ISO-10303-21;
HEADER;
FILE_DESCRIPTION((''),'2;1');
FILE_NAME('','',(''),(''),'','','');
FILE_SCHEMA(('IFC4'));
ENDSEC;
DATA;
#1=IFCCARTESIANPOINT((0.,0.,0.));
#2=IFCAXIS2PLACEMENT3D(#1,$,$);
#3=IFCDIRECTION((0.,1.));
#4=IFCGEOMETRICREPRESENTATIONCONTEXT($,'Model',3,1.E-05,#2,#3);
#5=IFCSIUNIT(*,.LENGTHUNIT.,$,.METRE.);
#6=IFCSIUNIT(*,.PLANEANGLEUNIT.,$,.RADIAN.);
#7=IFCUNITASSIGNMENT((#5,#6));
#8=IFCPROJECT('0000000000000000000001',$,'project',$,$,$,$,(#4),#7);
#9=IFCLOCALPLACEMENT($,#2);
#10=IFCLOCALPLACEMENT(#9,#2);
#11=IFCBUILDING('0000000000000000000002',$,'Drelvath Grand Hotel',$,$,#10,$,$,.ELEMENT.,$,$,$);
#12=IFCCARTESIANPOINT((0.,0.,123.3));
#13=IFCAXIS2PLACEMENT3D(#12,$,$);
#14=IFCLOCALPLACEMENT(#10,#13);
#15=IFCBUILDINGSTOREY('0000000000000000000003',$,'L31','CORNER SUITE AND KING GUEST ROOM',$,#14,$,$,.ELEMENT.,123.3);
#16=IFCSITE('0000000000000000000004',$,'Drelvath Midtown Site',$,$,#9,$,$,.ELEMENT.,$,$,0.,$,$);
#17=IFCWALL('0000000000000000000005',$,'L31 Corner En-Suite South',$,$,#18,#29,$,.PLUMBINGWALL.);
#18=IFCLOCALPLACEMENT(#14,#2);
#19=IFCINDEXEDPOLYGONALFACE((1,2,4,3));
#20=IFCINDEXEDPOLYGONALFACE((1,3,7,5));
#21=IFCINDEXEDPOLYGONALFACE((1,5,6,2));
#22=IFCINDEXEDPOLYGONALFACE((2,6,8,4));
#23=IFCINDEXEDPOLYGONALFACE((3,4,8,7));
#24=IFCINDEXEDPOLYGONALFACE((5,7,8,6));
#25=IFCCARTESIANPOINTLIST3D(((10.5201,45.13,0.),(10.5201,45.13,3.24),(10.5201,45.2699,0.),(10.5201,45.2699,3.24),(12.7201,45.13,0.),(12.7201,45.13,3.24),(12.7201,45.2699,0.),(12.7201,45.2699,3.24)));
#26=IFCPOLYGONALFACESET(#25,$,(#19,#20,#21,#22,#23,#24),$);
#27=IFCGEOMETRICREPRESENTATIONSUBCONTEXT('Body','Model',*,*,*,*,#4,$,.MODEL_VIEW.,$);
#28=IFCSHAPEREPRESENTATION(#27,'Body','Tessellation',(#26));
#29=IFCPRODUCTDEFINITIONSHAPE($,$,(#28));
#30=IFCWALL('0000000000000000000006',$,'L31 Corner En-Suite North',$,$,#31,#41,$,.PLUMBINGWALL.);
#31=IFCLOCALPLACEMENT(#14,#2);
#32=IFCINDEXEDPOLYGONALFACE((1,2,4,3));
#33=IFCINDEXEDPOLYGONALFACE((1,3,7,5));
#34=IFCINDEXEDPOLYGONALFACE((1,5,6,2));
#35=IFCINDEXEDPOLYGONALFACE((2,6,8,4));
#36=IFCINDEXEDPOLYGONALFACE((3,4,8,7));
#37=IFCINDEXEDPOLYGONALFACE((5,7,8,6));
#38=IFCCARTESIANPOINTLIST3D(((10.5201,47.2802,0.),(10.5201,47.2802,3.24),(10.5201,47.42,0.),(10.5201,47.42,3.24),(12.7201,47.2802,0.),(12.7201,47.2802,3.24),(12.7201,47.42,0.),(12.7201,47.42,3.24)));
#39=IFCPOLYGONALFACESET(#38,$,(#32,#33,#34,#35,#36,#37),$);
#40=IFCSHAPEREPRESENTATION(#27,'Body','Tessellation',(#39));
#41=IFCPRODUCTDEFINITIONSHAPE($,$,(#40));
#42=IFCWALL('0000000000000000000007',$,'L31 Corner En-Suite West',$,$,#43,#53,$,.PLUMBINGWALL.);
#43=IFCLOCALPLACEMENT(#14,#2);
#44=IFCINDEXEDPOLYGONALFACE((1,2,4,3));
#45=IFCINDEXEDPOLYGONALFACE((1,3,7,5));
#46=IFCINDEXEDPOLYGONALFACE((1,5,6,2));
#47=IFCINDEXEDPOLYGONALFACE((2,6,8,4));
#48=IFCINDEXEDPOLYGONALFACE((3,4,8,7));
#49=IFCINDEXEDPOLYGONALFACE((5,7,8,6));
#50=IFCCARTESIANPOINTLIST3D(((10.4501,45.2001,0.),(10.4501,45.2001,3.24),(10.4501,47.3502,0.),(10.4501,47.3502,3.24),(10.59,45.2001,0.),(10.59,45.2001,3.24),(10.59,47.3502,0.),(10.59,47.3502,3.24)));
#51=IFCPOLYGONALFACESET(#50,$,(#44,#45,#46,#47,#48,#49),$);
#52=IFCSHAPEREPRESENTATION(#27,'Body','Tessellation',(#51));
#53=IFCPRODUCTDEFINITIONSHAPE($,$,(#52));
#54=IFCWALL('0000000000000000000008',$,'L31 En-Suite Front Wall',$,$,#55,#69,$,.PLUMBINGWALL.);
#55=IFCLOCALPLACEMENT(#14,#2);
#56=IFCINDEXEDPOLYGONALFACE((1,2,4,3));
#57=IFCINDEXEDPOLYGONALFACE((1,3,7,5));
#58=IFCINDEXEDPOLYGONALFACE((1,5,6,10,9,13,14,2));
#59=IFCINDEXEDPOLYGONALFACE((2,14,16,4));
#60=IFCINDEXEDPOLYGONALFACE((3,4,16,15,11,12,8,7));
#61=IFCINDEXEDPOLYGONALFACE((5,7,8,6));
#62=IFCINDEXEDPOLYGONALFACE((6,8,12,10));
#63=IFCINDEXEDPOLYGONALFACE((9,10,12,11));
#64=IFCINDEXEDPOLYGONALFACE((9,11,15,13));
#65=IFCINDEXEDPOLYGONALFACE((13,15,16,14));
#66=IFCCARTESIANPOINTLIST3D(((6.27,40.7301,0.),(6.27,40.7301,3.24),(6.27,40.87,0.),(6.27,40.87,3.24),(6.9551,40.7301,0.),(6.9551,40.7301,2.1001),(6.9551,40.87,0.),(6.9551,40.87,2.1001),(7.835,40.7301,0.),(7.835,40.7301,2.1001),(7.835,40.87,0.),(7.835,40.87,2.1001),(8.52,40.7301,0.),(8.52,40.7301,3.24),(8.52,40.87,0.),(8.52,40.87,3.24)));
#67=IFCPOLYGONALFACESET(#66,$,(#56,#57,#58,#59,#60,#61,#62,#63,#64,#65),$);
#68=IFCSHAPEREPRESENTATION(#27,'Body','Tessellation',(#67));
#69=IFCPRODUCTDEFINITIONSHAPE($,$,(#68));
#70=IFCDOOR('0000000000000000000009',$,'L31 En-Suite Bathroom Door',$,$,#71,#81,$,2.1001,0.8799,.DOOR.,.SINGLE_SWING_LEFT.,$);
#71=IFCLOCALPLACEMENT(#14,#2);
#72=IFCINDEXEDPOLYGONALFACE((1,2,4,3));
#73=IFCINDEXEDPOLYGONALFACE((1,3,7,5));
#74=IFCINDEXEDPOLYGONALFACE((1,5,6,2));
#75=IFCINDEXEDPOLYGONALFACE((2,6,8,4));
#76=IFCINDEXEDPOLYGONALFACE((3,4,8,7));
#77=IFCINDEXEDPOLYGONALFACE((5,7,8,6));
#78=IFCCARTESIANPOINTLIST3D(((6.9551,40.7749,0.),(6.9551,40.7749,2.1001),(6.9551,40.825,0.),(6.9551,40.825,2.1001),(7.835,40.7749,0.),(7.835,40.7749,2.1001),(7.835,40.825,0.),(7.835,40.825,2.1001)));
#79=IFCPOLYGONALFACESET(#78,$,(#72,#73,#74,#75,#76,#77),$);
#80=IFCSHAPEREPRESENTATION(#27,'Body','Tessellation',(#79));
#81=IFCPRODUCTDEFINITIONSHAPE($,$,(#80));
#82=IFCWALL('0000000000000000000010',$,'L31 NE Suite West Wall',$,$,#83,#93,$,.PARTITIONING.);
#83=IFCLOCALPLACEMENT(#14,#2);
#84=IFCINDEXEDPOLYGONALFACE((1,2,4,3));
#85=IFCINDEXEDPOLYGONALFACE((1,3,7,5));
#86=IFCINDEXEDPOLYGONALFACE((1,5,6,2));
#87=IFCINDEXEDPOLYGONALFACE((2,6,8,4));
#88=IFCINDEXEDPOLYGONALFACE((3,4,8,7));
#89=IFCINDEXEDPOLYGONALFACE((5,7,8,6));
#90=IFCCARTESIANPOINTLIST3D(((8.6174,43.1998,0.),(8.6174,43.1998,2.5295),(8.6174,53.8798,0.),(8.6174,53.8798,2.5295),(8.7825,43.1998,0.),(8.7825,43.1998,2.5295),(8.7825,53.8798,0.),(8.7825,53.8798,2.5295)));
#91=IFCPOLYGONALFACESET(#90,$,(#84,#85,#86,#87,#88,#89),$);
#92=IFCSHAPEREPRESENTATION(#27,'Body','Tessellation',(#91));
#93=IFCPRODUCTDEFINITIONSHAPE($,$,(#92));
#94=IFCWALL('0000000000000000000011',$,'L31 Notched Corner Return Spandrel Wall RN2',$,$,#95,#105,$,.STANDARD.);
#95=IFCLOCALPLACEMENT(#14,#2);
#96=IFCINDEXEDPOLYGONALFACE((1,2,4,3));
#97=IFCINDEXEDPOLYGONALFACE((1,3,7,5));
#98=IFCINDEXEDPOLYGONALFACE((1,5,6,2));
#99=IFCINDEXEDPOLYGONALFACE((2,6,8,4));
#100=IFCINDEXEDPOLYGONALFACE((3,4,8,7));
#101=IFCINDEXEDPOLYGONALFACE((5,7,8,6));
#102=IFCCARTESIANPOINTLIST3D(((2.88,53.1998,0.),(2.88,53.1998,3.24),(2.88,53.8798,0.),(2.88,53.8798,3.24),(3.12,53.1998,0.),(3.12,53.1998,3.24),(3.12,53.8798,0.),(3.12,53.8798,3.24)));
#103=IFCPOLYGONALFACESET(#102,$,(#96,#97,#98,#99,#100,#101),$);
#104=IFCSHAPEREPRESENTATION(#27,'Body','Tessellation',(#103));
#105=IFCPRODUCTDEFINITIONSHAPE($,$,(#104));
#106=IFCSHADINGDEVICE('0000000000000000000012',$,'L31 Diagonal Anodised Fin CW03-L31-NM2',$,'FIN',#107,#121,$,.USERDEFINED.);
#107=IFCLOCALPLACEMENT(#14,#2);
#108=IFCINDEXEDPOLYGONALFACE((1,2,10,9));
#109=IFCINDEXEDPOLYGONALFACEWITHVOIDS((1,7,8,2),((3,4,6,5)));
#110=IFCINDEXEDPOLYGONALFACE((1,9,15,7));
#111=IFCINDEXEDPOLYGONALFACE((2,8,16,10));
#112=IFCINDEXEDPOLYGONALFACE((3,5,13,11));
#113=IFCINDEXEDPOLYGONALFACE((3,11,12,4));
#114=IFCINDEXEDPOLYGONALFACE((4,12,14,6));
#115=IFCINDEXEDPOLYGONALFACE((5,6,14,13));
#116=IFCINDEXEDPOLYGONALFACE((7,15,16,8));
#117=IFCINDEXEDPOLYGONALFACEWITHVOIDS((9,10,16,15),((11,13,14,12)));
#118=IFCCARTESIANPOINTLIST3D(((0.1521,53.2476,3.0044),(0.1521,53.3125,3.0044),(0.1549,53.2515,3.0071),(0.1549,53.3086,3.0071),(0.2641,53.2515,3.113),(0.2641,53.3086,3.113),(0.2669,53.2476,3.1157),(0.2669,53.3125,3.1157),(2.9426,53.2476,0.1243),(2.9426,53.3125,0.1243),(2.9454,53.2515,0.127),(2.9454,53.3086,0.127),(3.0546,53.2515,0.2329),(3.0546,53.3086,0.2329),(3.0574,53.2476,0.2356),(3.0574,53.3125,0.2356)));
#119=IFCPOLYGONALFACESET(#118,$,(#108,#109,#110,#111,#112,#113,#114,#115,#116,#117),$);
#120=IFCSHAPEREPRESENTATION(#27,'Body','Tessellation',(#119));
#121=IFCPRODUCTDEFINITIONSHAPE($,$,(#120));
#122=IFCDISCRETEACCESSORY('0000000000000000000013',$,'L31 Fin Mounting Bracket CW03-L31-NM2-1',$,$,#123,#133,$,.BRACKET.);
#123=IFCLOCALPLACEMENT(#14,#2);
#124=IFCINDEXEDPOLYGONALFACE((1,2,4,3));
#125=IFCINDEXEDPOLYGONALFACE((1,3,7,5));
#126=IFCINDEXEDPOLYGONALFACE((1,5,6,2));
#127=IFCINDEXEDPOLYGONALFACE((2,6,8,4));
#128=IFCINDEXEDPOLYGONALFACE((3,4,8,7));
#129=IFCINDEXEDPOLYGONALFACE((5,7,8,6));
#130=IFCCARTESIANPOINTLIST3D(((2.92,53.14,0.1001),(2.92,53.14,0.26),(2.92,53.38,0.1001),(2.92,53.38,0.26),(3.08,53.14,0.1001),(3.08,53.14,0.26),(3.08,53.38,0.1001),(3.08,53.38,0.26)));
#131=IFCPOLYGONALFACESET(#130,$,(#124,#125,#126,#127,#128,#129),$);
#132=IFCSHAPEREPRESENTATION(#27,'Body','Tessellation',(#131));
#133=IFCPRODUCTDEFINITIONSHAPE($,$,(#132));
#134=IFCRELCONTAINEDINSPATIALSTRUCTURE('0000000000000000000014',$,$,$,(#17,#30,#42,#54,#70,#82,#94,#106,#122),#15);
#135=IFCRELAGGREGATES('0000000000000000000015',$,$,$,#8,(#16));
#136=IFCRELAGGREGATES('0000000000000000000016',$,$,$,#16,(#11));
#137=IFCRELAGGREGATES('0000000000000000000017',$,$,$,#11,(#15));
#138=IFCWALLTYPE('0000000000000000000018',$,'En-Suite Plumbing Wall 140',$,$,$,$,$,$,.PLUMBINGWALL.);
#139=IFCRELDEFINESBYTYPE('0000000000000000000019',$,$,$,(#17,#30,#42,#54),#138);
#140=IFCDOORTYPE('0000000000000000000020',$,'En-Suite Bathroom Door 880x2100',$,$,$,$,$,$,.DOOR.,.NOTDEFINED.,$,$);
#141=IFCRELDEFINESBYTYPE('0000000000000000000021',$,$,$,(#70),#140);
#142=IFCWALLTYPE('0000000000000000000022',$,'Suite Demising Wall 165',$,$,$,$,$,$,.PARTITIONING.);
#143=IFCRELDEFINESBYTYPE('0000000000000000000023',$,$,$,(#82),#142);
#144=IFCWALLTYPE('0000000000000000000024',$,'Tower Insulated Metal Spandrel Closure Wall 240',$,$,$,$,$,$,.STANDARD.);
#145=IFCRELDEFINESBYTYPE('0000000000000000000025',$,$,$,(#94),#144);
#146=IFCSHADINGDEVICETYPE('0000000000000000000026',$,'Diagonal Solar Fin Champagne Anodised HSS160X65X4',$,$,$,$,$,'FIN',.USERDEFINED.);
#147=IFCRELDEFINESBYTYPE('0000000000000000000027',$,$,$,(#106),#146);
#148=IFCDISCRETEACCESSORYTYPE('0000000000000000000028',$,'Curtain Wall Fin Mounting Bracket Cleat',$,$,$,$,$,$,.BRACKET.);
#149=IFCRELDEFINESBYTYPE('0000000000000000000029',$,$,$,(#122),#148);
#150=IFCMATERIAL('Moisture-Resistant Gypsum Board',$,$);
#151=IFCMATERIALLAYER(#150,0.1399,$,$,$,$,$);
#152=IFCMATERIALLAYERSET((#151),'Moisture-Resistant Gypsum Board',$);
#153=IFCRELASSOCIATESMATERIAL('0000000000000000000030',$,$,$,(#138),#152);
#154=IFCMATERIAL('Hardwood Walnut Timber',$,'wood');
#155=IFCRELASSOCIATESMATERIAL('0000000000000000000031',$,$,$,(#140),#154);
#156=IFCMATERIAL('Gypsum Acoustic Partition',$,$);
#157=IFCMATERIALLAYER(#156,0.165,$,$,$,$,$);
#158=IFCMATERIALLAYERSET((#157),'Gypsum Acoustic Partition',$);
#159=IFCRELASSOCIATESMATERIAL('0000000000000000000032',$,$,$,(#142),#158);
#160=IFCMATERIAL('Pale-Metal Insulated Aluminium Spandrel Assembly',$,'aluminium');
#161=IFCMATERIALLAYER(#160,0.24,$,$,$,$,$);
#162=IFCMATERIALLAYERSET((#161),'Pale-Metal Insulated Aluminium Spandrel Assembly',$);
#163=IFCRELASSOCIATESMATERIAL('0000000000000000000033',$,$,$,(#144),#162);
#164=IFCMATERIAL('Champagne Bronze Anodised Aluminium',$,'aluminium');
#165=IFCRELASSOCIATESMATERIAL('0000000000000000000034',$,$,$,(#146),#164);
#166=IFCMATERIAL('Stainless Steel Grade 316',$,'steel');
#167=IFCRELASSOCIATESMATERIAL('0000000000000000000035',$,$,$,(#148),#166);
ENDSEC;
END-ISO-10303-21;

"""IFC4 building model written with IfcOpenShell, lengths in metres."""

from ifc_helpers import new_model, si_unit, direction, frame, frame_2d, origin, origin_2d, place, context, subcontext, project, spatial, rectangle, hollow_rectangle, extrude, material, layer, layer_set, material_profile, profile_set, type_object, element, fill, save


model = new_model("IFC4")

# Units and contexts
model_context = context("Model", 3, precision=1e-05, world=origin(), true_north=direction((0.0, 1.0)))
body_context = subcontext(model_context, "Body", "Model", "MODEL_VIEW")
ifc_project = project(units=[si_unit("LENGTHUNIT", "METRE"), si_unit("PLANEANGLEUNIT", "RADIAN")], contexts=[model_context])

# Site, building, storey
site_placement = place(None, origin())
site = spatial("IfcSite", under=ifc_project, at=site_placement, Name="Drelvath Midtown Site", CompositionType="ELEMENT", RefElevation=0.0)
building_placement = place(site_placement, origin())
building = spatial("IfcBuilding", under=site, at=building_placement, Name="Drelvath Grand Hotel", CompositionType="ELEMENT")
storey_placement = place(building_placement, frame((0.0, 0.0, 123.3)))
storey = spatial("IfcBuildingStorey", under=building, at=storey_placement, Name="L31", Description="CORNER SUITE AND KING GUEST ROOM", CompositionType="ELEMENT", Elevation=123.3)

# Shared definitions
ifc_material_1 = material(Name="Hardwood Walnut Timber", Category="wood")

# Walls
ifc_material_2 = material(Name="Moisture-Resistant Gypsum Board")
ifc_layer_1 = layer(ifc_material_2, 0.1399)
ifc_layer_set_1 = layer_set([ifc_layer_1], Name="Moisture-Resistant Gypsum Board")
wall_type_1 = type_object("IfcWallType", Name="En-Suite Plumbing Wall 140", PredefinedType="PLUMBINGWALL", material=ifc_layer_set_1)
for number, where, z_axis, x_axis, name in (
    (1, (10.52, 45.2, 0.0), (0.0, 0.0, 1.0), (1.0, 0.0, 0.0), "L31 Corner En-Suite South"),
    (2, (10.52, 47.3501, 0.0), (0.0, 0.0, 1.0), (1.0, 0.0, 0.0), "L31 Corner En-Suite North"),
):
    element("IfcWall", number, at=place(storey_placement, frame(where, z_axis=z_axis, x_axis=x_axis)), inside=storey, type_object=wall_type_1, Name=name, PredefinedType="PLUMBINGWALL", context=body_context, shape_type="SweptSolid", body=[
        extrude(rectangle(XDim=2.2, YDim=0.1399, at=frame_2d((1.1001, 0.0))), origin(), (0.0, 0.0, 1.0), 3.24),
    ])
wall_1_placement = place(storey_placement, frame((10.52, 45.2, 0.0), z_axis=(0.0, 0.0, 1.0), x_axis=(0.0, 1.0, 0.0)))
element("IfcWall", 3, at=wall_1_placement, inside=storey, type_object=wall_type_1, Name="L31 Corner En-Suite West", PredefinedType="PLUMBINGWALL", context=body_context, shape_type="SweptSolid", body=[
    extrude(rectangle(XDim=2.1501, YDim=0.1399, at=frame_2d((1.0752, 0.0))), origin(), (0.0, 0.0, 1.0), 3.24),
])

# Wall, opening, door
wall_2_placement = place(storey_placement, frame((6.27, 40.8, 0.0), z_axis=(0.0, 0.0, 1.0), x_axis=(1.0, 0.0, 0.0)))
wall_2 = element("IfcWall", 4, at=wall_2_placement, inside=storey, type_object=wall_type_1, Name="L31 En-Suite Front Wall", PredefinedType="PLUMBINGWALL", context=body_context, shape_type="SweptSolid", body=[
    extrude(rectangle(XDim=2.25, YDim=0.1399, at=frame_2d((1.125, 0.0))), origin(), (0.0, 0.0, 1.0), 3.24),
])
opening_1_placement = place(wall_2_placement, frame((0.6851, 0.0, 0.0)))
opening_1 = element("IfcOpeningElement", 5, at=opening_1_placement, cuts=wall_2, PredefinedType="OPENING", context=body_context, shape_type="SweptSolid", body=[
    extrude(rectangle(XDim=0.8799, YDim=2.1001, at=frame_2d((0.4399, 1.05))), frame((0.0, 0.0798, 0.0), z_axis=(0.0, -1.0, 0.0), x_axis=(1.0, 0.0, 0.0)), (0.0, 0.0, 1.0), 0.1599),
])
door_type_1 = type_object("IfcDoorType", Name="En-Suite Bathroom Door 880x2100", OperationType="NOTDEFINED", PredefinedType="DOOR", material=ifc_material_1)
door_1_placement = place(opening_1_placement, origin())
door_1 = element("IfcDoor", 6, at=door_1_placement, inside=storey, type_object=door_type_1, Name="L31 En-Suite Bathroom Door", OperationType="SINGLE_SWING_LEFT", OverallHeight=2.1001, OverallWidth=0.8799, PredefinedType="DOOR", context=body_context, shape_type="SweptSolid", body=[
    extrude(rectangle(XDim=0.8799, YDim=2.1001, at=frame_2d((0.4399, 1.05))), frame((0.0, 0.0249, 0.0), z_axis=(0.0, -1.0, 0.0), x_axis=(1.0, 0.0, 0.0)), (0.0, 0.0, 1.0), 0.05),
])
fill(opening_1, door_1)

# Walls
ifc_material_3 = material(Name="Gypsum Acoustic Partition")
ifc_layer_2 = layer(ifc_material_3, 0.165)
ifc_layer_set_2 = layer_set([ifc_layer_2], Name="Gypsum Acoustic Partition")
wall_type_2 = type_object("IfcWallType", Name="Suite Demising Wall 165", PredefinedType="PARTITIONING", material=ifc_layer_set_2)
wall_3_placement = place(storey_placement, frame((8.7, 43.2, 0.0), z_axis=(0.0, 0.0, 1.0), x_axis=(0.0, 1.0, 0.0)))
element("IfcWall", 7, at=wall_3_placement, inside=storey, type_object=wall_type_2, Name="L31 NE Suite West Wall", PredefinedType="PARTITIONING", context=body_context, shape_type="SweptSolid", body=[
    extrude(rectangle(XDim=10.6799, YDim=0.165, at=frame_2d((5.3398, 0.0))), origin(), (0.0, 0.0, 1.0), 2.5295),
])
ifc_material_4 = material(Name="Pale-Metal Insulated Aluminium Spandrel Assembly", Category="aluminium")
ifc_layer_3 = layer(ifc_material_4, 0.24)
ifc_layer_set_3 = layer_set([ifc_layer_3], Name="Pale-Metal Insulated Aluminium Spandrel Assembly")
wall_type_3 = type_object("IfcWallType", Name="Tower Insulated Metal Spandrel Closure Wall 240", PredefinedType="STANDARD", material=ifc_layer_set_3)
wall_4_placement = place(storey_placement, frame((3.0, 53.2, 0.0), z_axis=(0.0, 0.0, 1.0), x_axis=(0.0, 1.0, 0.0)))
element("IfcWall", 8, at=wall_4_placement, inside=storey, type_object=wall_type_3, Name="L31 Notched Corner Return Spandrel Wall RN2", PredefinedType="STANDARD", context=body_context, shape_type="SweptSolid", body=[
    extrude(rectangle(XDim=0.6799, YDim=0.24, at=frame_2d((0.3398, 0.0))), origin(), (0.0, 0.0, 1.0), 3.24),
])

# Shading device
ifc_material_5 = material(Name="Champagne Bronze Anodised Aluminium", Category="aluminium")
ifc_material_profile_1 = material_profile(ifc_material_5, hollow_rectangle(XDim=0.0649, YDim=0.1599, WallThickness=0.0039, at=origin_2d()), Name="HSS160X65X4")
ifc_profile_set_1 = profile_set([ifc_material_profile_1], Name="Champagne Bronze Anodised Aluminium")
shading_device_type = type_object("IfcShadingDeviceType", Name="Diagonal Solar Fin Champagne Anodised HSS160X65X4", ElementType="FIN", PredefinedType="USERDEFINED", material=ifc_profile_set_1)
shading_device_placement = place(storey_placement, frame((3.0, 53.28, 0.1799), z_axis=(-0.695847, 0.0, 0.71819), x_axis=(0.0, -1.0, 0.0)))
element("IfcShadingDevice", 9, at=shading_device_placement, inside=storey, type_object=shading_device_type, Name="L31 Diagonal Anodised Fin CW03-L31-NM2", ObjectType="FIN", PredefinedType="USERDEFINED", context=body_context, shape_type="SweptSolid", body=[
    extrude(hollow_rectangle(XDim=0.0649, YDim=0.1599, WallThickness=0.0039, at=origin_2d()), origin(), (0.0, 0.0, 1.0), 4.0103),
])

# Discrete accessory
ifc_material_6 = material(Name="Stainless Steel Grade 316", Category="steel")
discrete_accessory_type = type_object("IfcDiscreteAccessoryType", Name="Curtain Wall Fin Mounting Bracket Cleat", PredefinedType="BRACKET", material=ifc_material_6)
discrete_accessory_placement = place(storey_placement, frame((3.0, 53.26, 0.1001), z_axis=(0.0, 0.0, 1.0), x_axis=(1.0, 0.0, 0.0)))
element("IfcDiscreteAccessory", 10, at=discrete_accessory_placement, inside=storey, type_object=discrete_accessory_type, Name="L31 Fin Mounting Bracket CW03-L31-NM2-1", PredefinedType="BRACKET", context=body_context, shape_type="SweptSolid", body=[
    extrude(rectangle(XDim=0.1599, YDim=0.24, at=origin_2d()), origin(), (0.0, 0.0, 1.0), 0.1599),
])

save(model, "model.ifc")
